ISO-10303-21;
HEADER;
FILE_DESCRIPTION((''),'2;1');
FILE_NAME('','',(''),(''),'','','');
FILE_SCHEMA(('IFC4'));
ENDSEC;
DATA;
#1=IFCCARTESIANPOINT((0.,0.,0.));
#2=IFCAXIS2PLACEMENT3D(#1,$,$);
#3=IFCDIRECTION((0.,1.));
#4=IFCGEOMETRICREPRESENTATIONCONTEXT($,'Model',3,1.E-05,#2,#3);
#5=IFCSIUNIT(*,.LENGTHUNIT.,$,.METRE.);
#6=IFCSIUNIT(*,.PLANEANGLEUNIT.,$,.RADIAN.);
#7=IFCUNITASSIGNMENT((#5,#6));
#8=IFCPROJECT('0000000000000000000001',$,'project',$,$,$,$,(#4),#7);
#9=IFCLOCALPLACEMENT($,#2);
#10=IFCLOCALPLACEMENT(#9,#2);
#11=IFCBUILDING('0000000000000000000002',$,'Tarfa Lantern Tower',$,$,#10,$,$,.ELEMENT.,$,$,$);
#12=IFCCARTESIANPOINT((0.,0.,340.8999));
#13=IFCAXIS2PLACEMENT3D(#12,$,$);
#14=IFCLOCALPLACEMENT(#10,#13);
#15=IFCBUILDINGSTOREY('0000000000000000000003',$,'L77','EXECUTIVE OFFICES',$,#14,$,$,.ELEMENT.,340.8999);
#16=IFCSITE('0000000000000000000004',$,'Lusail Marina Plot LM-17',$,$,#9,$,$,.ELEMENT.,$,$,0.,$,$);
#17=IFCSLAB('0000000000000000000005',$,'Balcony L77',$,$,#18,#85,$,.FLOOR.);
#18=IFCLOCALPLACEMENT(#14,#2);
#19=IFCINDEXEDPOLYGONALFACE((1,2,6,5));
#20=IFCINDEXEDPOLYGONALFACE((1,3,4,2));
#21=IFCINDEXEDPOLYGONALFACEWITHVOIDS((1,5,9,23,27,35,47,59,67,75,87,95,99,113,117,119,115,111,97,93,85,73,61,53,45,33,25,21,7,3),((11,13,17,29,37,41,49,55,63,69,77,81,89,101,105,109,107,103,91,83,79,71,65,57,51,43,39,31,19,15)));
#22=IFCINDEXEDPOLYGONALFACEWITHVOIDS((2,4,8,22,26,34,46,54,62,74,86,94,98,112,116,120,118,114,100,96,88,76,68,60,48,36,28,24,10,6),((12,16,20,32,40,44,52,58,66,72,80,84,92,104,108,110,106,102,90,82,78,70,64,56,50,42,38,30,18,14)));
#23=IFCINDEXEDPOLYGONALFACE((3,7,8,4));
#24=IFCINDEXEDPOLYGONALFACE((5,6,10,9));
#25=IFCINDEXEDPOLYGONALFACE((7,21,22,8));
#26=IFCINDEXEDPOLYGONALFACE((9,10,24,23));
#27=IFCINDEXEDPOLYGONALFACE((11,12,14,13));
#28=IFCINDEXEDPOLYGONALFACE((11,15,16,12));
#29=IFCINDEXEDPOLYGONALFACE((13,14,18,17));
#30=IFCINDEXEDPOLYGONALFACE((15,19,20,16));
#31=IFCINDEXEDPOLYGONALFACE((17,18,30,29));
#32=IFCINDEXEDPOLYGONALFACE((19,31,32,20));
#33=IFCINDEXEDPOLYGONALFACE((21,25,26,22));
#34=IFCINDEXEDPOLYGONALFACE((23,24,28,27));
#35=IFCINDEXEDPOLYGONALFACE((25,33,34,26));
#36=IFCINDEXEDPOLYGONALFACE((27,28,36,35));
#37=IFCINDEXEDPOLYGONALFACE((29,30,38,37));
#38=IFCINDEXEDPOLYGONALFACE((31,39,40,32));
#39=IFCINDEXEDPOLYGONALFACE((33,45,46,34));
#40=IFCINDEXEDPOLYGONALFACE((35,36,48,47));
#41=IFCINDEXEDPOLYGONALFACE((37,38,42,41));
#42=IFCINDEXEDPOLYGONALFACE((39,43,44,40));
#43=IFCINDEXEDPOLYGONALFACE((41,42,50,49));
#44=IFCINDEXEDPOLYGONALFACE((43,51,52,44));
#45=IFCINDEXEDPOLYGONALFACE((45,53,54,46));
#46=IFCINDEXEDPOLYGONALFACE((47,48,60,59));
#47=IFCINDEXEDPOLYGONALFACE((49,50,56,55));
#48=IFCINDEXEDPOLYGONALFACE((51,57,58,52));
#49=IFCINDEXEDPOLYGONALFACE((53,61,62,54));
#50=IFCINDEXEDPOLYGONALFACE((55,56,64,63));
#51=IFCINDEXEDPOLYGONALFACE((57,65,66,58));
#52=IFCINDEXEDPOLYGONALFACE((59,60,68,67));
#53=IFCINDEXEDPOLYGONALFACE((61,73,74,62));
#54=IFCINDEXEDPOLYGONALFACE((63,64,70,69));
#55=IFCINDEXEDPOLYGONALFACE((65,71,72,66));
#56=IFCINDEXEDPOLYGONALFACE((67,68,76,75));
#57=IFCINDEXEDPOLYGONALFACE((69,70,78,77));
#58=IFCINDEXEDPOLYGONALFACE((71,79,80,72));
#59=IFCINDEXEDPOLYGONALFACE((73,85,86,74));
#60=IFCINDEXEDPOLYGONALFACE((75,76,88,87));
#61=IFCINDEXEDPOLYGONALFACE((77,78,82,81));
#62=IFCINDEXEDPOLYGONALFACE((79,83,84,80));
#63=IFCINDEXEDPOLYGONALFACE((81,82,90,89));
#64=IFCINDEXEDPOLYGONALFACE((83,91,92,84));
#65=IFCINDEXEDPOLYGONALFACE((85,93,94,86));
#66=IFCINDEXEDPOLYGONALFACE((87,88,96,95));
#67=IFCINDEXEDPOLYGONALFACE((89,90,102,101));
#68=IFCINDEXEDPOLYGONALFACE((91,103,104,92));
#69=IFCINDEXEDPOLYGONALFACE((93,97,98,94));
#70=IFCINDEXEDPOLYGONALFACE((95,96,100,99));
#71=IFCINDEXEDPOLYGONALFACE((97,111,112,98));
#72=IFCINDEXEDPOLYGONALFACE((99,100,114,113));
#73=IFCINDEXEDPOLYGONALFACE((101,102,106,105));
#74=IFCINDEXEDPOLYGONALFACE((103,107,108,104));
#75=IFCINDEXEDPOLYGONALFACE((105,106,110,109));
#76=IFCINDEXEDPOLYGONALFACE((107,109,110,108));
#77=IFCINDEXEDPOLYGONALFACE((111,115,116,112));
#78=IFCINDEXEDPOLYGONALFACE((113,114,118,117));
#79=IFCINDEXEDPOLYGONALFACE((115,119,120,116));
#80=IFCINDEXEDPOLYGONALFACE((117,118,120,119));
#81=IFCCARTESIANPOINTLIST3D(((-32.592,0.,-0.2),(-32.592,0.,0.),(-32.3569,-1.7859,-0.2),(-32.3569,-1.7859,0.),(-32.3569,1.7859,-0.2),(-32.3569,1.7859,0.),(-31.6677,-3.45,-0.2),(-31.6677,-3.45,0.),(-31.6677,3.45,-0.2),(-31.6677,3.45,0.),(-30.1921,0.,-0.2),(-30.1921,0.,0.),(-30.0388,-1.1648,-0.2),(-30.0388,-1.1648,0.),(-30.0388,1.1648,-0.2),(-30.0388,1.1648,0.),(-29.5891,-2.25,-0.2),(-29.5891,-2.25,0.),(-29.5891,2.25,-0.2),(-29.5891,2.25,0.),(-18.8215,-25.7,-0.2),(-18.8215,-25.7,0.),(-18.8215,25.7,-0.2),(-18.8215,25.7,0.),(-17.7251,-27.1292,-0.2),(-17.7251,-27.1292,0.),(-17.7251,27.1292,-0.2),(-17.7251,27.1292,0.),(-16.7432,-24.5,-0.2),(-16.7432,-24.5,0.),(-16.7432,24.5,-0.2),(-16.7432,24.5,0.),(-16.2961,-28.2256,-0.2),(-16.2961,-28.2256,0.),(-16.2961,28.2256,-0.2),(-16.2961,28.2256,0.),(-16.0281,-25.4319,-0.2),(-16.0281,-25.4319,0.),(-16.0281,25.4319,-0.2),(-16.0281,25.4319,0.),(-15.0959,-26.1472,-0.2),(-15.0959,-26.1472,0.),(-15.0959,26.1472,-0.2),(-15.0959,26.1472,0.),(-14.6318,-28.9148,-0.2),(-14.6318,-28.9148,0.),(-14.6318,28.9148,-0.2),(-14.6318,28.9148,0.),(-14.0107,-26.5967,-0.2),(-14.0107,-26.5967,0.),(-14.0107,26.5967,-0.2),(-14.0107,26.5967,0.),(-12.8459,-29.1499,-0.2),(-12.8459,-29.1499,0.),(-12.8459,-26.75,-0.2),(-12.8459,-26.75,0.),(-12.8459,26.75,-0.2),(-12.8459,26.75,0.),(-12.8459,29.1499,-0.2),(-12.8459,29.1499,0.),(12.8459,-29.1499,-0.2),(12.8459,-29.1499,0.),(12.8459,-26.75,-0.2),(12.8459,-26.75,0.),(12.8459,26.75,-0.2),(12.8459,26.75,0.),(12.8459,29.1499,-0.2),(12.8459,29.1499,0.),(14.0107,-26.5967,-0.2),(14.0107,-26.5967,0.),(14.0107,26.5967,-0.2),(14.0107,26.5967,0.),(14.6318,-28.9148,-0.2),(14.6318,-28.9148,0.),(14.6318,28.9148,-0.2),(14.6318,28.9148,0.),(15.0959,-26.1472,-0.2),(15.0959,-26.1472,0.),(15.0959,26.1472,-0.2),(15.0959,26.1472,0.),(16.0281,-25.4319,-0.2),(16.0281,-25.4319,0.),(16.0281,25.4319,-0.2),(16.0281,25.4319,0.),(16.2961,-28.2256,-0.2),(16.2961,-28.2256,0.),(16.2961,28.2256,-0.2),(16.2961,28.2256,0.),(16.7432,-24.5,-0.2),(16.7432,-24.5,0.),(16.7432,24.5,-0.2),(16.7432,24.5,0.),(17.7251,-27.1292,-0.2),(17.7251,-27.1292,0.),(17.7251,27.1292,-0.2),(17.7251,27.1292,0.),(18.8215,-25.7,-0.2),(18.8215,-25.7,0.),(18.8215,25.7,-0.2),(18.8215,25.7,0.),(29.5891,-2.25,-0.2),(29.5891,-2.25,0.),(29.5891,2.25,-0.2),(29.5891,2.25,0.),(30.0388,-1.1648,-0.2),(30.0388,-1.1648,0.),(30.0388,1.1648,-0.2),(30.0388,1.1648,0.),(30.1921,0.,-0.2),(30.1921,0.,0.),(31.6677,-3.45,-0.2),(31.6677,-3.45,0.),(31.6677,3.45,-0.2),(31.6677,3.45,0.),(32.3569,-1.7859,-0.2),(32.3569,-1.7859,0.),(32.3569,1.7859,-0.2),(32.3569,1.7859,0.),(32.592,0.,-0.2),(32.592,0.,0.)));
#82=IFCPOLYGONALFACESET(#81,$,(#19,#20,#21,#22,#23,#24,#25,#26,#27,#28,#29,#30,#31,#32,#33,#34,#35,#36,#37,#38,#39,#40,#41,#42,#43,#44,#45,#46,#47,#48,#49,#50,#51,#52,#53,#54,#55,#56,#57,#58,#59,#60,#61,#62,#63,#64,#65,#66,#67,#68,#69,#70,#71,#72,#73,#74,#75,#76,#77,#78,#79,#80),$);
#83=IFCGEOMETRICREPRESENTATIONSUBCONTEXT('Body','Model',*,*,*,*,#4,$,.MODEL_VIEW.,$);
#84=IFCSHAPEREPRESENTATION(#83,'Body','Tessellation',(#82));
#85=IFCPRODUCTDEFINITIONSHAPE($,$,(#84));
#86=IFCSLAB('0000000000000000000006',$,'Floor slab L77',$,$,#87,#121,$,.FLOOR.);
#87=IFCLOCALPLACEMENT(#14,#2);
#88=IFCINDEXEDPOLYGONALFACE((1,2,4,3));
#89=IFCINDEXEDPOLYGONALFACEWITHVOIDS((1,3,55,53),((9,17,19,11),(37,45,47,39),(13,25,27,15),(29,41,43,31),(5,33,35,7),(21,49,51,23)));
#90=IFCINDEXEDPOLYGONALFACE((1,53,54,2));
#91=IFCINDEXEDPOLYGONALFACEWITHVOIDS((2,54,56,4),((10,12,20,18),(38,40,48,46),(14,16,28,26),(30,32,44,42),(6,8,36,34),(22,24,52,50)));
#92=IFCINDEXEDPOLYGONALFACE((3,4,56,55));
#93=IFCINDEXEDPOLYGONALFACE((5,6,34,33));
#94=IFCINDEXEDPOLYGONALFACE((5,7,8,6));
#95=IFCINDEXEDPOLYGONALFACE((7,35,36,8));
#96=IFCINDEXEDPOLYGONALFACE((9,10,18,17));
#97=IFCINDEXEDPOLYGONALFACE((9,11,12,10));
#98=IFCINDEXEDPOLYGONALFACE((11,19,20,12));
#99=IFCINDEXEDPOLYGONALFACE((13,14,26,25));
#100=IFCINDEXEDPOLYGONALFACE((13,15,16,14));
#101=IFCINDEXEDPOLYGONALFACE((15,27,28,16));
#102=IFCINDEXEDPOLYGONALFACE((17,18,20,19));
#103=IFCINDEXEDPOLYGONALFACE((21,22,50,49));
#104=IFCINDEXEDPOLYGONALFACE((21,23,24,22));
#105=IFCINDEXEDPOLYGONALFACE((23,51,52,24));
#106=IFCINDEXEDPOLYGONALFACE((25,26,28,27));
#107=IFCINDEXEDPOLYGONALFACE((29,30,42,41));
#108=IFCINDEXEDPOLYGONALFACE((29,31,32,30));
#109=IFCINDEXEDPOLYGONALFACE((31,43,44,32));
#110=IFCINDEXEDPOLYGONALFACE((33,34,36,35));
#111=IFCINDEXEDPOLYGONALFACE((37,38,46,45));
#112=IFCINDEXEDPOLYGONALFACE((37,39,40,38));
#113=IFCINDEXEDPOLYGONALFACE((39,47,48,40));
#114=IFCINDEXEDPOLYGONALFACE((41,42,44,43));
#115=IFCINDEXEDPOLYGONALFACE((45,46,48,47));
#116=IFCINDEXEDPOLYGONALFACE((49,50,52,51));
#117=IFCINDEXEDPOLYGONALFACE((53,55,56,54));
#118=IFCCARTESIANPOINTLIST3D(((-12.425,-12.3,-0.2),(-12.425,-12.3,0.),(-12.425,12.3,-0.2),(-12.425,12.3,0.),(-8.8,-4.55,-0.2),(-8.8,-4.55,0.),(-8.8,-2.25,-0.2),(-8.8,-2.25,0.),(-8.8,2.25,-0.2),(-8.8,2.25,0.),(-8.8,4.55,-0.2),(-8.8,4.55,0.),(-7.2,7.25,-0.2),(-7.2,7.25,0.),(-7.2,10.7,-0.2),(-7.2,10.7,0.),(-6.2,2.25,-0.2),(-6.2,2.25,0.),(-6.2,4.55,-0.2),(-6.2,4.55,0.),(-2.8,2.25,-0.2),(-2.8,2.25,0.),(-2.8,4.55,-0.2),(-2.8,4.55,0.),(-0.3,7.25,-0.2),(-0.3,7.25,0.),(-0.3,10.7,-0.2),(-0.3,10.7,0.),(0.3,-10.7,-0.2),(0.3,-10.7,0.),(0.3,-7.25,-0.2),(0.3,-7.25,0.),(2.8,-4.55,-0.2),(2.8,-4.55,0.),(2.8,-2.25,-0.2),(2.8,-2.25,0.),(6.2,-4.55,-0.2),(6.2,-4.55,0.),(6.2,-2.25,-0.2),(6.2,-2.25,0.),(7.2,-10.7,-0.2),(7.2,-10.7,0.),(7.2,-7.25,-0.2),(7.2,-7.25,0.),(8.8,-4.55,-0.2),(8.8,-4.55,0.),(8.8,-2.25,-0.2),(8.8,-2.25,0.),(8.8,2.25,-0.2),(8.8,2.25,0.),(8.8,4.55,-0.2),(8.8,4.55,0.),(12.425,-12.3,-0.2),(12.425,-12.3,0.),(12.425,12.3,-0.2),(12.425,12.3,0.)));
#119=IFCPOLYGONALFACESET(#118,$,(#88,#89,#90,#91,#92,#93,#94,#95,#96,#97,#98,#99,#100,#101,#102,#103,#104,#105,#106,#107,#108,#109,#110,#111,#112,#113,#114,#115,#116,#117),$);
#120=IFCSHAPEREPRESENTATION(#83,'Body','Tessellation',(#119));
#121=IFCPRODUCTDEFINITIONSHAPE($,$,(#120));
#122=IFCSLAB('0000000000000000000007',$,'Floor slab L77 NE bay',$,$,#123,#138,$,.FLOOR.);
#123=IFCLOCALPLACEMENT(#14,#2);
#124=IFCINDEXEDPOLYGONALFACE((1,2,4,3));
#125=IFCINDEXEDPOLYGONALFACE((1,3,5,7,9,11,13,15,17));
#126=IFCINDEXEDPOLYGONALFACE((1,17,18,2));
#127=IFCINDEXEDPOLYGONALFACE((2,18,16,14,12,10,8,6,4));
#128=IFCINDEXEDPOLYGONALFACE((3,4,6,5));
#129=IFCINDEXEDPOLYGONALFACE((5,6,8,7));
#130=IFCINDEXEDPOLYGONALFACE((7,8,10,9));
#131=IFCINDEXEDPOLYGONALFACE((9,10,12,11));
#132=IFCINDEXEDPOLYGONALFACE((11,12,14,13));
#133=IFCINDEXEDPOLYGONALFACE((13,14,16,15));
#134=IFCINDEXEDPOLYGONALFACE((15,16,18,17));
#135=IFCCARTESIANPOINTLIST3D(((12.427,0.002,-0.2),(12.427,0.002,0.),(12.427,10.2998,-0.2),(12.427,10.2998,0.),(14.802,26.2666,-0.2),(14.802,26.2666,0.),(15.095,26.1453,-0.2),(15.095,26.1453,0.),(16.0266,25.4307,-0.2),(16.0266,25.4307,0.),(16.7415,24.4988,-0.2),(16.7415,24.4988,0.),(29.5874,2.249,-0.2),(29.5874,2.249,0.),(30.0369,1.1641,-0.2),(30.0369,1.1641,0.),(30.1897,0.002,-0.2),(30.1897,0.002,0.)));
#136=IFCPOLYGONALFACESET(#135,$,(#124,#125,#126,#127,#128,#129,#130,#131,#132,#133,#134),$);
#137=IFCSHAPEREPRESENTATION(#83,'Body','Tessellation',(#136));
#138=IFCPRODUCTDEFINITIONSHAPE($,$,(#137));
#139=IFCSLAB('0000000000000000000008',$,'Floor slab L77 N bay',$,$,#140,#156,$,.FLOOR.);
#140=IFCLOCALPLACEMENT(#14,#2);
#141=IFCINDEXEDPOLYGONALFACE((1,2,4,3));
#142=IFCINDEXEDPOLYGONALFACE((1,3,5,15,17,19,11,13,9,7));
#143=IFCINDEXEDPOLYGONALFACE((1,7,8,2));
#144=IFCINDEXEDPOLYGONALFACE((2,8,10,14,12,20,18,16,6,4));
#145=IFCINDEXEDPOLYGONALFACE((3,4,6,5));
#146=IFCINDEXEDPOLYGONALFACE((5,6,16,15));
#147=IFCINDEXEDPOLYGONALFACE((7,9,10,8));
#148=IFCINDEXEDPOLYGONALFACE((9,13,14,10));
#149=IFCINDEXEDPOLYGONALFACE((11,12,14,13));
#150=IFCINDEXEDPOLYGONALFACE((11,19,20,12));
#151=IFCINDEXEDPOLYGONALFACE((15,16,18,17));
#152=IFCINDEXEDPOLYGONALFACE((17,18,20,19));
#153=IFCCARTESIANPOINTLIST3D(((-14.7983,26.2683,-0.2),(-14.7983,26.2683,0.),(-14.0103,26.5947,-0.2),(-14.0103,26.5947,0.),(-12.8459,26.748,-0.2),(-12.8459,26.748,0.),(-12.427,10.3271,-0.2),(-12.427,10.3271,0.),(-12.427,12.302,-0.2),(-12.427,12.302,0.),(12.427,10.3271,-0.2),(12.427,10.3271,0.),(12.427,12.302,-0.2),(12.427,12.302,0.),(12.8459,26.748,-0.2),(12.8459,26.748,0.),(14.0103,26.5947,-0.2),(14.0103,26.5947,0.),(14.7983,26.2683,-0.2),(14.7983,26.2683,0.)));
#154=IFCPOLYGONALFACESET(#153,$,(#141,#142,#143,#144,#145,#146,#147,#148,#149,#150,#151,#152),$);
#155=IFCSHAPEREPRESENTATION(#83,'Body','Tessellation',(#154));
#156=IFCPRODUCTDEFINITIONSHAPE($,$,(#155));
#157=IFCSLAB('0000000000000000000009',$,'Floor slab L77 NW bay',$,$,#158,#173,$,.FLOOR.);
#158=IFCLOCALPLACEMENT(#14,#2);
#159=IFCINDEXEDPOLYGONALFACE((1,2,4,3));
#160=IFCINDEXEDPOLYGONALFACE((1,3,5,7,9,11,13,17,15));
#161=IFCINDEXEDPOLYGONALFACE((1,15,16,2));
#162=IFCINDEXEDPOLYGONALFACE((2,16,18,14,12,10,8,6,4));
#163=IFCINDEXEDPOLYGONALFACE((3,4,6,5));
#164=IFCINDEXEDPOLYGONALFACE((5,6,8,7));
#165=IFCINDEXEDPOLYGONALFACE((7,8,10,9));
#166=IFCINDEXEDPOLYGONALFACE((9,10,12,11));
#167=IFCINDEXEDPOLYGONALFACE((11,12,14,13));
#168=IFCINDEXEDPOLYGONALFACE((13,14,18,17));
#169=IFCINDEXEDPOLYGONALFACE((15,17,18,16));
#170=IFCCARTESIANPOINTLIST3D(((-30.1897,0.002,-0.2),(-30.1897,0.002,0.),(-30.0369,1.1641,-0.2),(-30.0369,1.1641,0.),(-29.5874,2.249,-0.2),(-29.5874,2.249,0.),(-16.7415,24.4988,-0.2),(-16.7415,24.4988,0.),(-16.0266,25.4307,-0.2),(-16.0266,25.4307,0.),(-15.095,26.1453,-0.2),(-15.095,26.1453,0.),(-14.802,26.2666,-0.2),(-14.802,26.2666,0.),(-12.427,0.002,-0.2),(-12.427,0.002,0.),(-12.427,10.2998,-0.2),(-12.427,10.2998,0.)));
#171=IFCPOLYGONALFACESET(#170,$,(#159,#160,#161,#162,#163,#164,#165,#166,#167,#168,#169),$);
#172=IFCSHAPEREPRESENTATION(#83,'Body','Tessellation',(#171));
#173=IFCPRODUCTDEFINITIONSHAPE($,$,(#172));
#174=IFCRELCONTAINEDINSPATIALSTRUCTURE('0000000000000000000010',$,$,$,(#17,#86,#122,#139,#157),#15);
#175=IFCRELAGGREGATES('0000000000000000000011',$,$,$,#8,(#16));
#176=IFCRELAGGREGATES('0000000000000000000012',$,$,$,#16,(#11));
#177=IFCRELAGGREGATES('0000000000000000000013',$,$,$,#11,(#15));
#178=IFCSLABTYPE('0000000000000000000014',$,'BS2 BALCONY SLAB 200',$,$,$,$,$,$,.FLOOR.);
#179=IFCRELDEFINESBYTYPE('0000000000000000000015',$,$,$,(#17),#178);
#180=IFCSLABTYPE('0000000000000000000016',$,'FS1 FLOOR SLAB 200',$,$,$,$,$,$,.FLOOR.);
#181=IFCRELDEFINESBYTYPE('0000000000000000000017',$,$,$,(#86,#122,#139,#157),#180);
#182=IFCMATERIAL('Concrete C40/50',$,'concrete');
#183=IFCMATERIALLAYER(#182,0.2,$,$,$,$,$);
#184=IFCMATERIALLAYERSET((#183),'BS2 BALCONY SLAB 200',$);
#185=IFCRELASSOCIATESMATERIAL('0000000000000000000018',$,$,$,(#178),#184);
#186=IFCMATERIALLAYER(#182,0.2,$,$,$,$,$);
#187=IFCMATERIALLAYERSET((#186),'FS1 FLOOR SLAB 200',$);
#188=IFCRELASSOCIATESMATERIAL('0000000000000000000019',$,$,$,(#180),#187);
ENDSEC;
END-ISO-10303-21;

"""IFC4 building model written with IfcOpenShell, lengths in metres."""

from ifc_helpers import new_model, si_unit, direction, frame, origin, place, context, subcontext, project, spatial, polyline, outline, extrude, material, layer, layer_set, type_object, element, save


model = new_model("IFC4")

# Units and contexts
model_context = context("Model", 3, precision=1e-05, world=origin(), true_north=direction((0.0, 1.0)))
body_context = subcontext(model_context, "Body", "Model", "MODEL_VIEW")
ifc_project = project(units=[si_unit("LENGTHUNIT", "METRE"), si_unit("PLANEANGLEUNIT", "RADIAN")], contexts=[model_context])

# Site, building, storey
site_placement = place(None, origin())
site = spatial("IfcSite", under=ifc_project, at=site_placement, Name="Lusail Marina Plot LM-17", CompositionType="ELEMENT", RefElevation=0.0)
building_placement = place(site_placement, origin())
building = spatial("IfcBuilding", under=site, at=building_placement, Name="Tarfa Lantern Tower", CompositionType="ELEMENT")
storey_placement = place(building_placement, frame((0.0, 0.0, 340.8999)))
storey = spatial("IfcBuildingStorey", under=building, at=storey_placement, Name="L77", Description="EXECUTIVE OFFICES", CompositionType="ELEMENT", Elevation=340.8999)

# Slabs
ifc_material_1 = material(Name="Concrete C40/50", Category="concrete")
ifc_layer_1 = layer(ifc_material_1, 0.2)
ifc_layer_set_1 = layer_set([ifc_layer_1], Name="BS2 BALCONY SLAB 200")
slab_type_1 = type_object("IfcSlabType", Name="BS2 BALCONY SLAB 200", PredefinedType="FLOOR", material=ifc_layer_set_1)
slab_1_placement = place(storey_placement, frame((0.0, 0.0, -0.2)))
element("IfcSlab", 1, at=slab_1_placement, inside=storey, type_object=slab_type_1, Name="Balcony L77", PredefinedType="FLOOR", context=body_context, shape_type="SweptSolid", body=[
    extrude(outline(polyline([(31.6677, 3.45), (18.8215, 25.7), (17.7251, 27.1292), (16.2961, 28.2256), (14.6318, 28.9148), (12.8459, 29.1499), (-12.8459, 29.1499), (-14.6318, 28.9148), (-16.2961, 28.2256), (-17.7251, 27.1292), (-18.8215, 25.7), (-31.6677, 3.45), (-32.3569, 1.7859), (-32.592, 0.0), (-32.3569, -1.7859), (-31.6677, -3.45), (-18.8215, -25.7), (-17.7251, -27.1292), (-16.2961, -28.2256), (-14.6318, -28.9148), (-12.8459, -29.1499), (12.8459, -29.1499), (14.6318, -28.9148), (16.2961, -28.2256), (17.7251, -27.1292), (18.8215, -25.7), (31.6677, -3.45), (32.3569, -1.7859), (32.592, 0.0), (32.3569, 1.7859), (31.6677, 3.45)]), holes=[polyline([(29.5891, 2.25), (16.7432, 24.5), (16.0281, 25.4319), (15.0959, 26.1472), (14.0107, 26.5967), (12.8459, 26.75), (-12.8459, 26.75), (-14.0107, 26.5967), (-15.0959, 26.1472), (-16.0281, 25.4319), (-16.7432, 24.5), (-29.5891, 2.25), (-30.0388, 1.1648), (-30.1921, 0.0), (-30.0388, -1.1648), (-29.5891, -2.25), (-16.7432, -24.5), (-16.0281, -25.4319), (-15.0959, -26.1472), (-14.0107, -26.5967), (-12.8459, -26.75), (12.8459, -26.75), (14.0107, -26.5967), (15.0959, -26.1472), (16.0281, -25.4319), (16.7432, -24.5), (29.5891, -2.25), (30.0388, -1.1648), (30.1921, 0.0), (30.0388, 1.1648), (29.5891, 2.25)])]), origin(), (0.0, 0.0, 1.0), 0.2),
])
ifc_layer_2 = layer(ifc_material_1, 0.2)
ifc_layer_set_2 = layer_set([ifc_layer_2], Name="FS1 FLOOR SLAB 200")
slab_type_2 = type_object("IfcSlabType", Name="FS1 FLOOR SLAB 200", PredefinedType="FLOOR", material=ifc_layer_set_2)
slab_2_placement = place(storey_placement, frame((0.0, 0.0, -0.2)))
element("IfcSlab", 2, at=slab_2_placement, inside=storey, type_object=slab_type_2, Name="Floor slab L77", PredefinedType="FLOOR", context=body_context, shape_type="SweptSolid", body=[
    extrude(outline(polyline([(-12.425, -12.3), (12.425, -12.3), (12.425, 12.3), (-12.425, 12.3), (-12.425, -12.3)]), holes=[polyline([(-8.8, 2.25), (-6.2, 2.25), (-6.2, 4.55), (-8.8, 4.55), (-8.8, 2.25)]), polyline([(-2.8, 2.25), (8.8, 2.25), (8.8, 4.55), (-2.8, 4.55), (-2.8, 2.25)]), polyline([(8.8, -2.25), (6.2, -2.25), (6.2, -4.55), (8.8, -4.55), (8.8, -2.25)]), polyline([(2.8, -2.25), (-8.8, -2.25), (-8.8, -4.55), (2.8, -4.55), (2.8, -2.25)]), polyline([(-7.2, 7.25), (-0.3, 7.25), (-0.3, 10.7), (-7.2, 10.7), (-7.2, 7.25)]), polyline([(7.2, -7.25), (0.3, -7.25), (0.3, -10.7), (7.2, -10.7), (7.2, -7.25)])]), origin(), (0.0, 0.0, 1.0), 0.2),
])
slab_3_placement = place(storey_placement, frame((0.0, 0.0, -0.2)))
element("IfcSlab", 3, at=slab_3_placement, inside=storey, type_object=slab_type_2, Name="Floor slab L77 NE bay", PredefinedType="FLOOR", context=body_context, shape_type="SweptSolid", body=[
    extrude(outline(polyline([(29.5874, 2.249), (16.7415, 24.4988), (16.0266, 25.4307), (15.095, 26.1453), (14.802, 26.2666), (12.427, 10.2998), (12.427, 0.002), (30.1897, 0.002), (30.0369, 1.1641), (29.5874, 2.249)])), origin(), (0.0, 0.0, 1.0), 0.2),
])
slab_4_placement = place(storey_placement, frame((0.0, 0.0, -0.2)))
element("IfcSlab", 4, at=slab_4_placement, inside=storey, type_object=slab_type_2, Name="Floor slab L77 N bay", PredefinedType="FLOOR", context=body_context, shape_type="SweptSolid", body=[
    extrude(outline(polyline([(-12.427, 10.3271), (-12.427, 12.302), (12.427, 12.302), (12.427, 10.3271), (14.7983, 26.2683), (14.0103, 26.5947), (12.8459, 26.748), (-12.8459, 26.748), (-14.0103, 26.5947), (-14.7983, 26.2683), (-12.427, 10.3271)])), origin(), (0.0, 0.0, 1.0), 0.2),
])
slab_5_placement = place(storey_placement, frame((0.0, 0.0, -0.2)))
element("IfcSlab", 5, at=slab_5_placement, inside=storey, type_object=slab_type_2, Name="Floor slab L77 NW bay", PredefinedType="FLOOR", context=body_context, shape_type="SweptSolid", body=[
    extrude(outline(polyline([(-12.427, 0.002), (-12.427, 10.2998), (-14.802, 26.2666), (-15.095, 26.1453), (-16.0266, 25.4307), (-16.7415, 24.4988), (-29.5874, 2.249), (-30.0369, 1.1641), (-30.1897, 0.002), (-12.427, 0.002)])), origin(), (0.0, 0.0, 1.0), 0.2),
])

save(model, "model.ifc")
